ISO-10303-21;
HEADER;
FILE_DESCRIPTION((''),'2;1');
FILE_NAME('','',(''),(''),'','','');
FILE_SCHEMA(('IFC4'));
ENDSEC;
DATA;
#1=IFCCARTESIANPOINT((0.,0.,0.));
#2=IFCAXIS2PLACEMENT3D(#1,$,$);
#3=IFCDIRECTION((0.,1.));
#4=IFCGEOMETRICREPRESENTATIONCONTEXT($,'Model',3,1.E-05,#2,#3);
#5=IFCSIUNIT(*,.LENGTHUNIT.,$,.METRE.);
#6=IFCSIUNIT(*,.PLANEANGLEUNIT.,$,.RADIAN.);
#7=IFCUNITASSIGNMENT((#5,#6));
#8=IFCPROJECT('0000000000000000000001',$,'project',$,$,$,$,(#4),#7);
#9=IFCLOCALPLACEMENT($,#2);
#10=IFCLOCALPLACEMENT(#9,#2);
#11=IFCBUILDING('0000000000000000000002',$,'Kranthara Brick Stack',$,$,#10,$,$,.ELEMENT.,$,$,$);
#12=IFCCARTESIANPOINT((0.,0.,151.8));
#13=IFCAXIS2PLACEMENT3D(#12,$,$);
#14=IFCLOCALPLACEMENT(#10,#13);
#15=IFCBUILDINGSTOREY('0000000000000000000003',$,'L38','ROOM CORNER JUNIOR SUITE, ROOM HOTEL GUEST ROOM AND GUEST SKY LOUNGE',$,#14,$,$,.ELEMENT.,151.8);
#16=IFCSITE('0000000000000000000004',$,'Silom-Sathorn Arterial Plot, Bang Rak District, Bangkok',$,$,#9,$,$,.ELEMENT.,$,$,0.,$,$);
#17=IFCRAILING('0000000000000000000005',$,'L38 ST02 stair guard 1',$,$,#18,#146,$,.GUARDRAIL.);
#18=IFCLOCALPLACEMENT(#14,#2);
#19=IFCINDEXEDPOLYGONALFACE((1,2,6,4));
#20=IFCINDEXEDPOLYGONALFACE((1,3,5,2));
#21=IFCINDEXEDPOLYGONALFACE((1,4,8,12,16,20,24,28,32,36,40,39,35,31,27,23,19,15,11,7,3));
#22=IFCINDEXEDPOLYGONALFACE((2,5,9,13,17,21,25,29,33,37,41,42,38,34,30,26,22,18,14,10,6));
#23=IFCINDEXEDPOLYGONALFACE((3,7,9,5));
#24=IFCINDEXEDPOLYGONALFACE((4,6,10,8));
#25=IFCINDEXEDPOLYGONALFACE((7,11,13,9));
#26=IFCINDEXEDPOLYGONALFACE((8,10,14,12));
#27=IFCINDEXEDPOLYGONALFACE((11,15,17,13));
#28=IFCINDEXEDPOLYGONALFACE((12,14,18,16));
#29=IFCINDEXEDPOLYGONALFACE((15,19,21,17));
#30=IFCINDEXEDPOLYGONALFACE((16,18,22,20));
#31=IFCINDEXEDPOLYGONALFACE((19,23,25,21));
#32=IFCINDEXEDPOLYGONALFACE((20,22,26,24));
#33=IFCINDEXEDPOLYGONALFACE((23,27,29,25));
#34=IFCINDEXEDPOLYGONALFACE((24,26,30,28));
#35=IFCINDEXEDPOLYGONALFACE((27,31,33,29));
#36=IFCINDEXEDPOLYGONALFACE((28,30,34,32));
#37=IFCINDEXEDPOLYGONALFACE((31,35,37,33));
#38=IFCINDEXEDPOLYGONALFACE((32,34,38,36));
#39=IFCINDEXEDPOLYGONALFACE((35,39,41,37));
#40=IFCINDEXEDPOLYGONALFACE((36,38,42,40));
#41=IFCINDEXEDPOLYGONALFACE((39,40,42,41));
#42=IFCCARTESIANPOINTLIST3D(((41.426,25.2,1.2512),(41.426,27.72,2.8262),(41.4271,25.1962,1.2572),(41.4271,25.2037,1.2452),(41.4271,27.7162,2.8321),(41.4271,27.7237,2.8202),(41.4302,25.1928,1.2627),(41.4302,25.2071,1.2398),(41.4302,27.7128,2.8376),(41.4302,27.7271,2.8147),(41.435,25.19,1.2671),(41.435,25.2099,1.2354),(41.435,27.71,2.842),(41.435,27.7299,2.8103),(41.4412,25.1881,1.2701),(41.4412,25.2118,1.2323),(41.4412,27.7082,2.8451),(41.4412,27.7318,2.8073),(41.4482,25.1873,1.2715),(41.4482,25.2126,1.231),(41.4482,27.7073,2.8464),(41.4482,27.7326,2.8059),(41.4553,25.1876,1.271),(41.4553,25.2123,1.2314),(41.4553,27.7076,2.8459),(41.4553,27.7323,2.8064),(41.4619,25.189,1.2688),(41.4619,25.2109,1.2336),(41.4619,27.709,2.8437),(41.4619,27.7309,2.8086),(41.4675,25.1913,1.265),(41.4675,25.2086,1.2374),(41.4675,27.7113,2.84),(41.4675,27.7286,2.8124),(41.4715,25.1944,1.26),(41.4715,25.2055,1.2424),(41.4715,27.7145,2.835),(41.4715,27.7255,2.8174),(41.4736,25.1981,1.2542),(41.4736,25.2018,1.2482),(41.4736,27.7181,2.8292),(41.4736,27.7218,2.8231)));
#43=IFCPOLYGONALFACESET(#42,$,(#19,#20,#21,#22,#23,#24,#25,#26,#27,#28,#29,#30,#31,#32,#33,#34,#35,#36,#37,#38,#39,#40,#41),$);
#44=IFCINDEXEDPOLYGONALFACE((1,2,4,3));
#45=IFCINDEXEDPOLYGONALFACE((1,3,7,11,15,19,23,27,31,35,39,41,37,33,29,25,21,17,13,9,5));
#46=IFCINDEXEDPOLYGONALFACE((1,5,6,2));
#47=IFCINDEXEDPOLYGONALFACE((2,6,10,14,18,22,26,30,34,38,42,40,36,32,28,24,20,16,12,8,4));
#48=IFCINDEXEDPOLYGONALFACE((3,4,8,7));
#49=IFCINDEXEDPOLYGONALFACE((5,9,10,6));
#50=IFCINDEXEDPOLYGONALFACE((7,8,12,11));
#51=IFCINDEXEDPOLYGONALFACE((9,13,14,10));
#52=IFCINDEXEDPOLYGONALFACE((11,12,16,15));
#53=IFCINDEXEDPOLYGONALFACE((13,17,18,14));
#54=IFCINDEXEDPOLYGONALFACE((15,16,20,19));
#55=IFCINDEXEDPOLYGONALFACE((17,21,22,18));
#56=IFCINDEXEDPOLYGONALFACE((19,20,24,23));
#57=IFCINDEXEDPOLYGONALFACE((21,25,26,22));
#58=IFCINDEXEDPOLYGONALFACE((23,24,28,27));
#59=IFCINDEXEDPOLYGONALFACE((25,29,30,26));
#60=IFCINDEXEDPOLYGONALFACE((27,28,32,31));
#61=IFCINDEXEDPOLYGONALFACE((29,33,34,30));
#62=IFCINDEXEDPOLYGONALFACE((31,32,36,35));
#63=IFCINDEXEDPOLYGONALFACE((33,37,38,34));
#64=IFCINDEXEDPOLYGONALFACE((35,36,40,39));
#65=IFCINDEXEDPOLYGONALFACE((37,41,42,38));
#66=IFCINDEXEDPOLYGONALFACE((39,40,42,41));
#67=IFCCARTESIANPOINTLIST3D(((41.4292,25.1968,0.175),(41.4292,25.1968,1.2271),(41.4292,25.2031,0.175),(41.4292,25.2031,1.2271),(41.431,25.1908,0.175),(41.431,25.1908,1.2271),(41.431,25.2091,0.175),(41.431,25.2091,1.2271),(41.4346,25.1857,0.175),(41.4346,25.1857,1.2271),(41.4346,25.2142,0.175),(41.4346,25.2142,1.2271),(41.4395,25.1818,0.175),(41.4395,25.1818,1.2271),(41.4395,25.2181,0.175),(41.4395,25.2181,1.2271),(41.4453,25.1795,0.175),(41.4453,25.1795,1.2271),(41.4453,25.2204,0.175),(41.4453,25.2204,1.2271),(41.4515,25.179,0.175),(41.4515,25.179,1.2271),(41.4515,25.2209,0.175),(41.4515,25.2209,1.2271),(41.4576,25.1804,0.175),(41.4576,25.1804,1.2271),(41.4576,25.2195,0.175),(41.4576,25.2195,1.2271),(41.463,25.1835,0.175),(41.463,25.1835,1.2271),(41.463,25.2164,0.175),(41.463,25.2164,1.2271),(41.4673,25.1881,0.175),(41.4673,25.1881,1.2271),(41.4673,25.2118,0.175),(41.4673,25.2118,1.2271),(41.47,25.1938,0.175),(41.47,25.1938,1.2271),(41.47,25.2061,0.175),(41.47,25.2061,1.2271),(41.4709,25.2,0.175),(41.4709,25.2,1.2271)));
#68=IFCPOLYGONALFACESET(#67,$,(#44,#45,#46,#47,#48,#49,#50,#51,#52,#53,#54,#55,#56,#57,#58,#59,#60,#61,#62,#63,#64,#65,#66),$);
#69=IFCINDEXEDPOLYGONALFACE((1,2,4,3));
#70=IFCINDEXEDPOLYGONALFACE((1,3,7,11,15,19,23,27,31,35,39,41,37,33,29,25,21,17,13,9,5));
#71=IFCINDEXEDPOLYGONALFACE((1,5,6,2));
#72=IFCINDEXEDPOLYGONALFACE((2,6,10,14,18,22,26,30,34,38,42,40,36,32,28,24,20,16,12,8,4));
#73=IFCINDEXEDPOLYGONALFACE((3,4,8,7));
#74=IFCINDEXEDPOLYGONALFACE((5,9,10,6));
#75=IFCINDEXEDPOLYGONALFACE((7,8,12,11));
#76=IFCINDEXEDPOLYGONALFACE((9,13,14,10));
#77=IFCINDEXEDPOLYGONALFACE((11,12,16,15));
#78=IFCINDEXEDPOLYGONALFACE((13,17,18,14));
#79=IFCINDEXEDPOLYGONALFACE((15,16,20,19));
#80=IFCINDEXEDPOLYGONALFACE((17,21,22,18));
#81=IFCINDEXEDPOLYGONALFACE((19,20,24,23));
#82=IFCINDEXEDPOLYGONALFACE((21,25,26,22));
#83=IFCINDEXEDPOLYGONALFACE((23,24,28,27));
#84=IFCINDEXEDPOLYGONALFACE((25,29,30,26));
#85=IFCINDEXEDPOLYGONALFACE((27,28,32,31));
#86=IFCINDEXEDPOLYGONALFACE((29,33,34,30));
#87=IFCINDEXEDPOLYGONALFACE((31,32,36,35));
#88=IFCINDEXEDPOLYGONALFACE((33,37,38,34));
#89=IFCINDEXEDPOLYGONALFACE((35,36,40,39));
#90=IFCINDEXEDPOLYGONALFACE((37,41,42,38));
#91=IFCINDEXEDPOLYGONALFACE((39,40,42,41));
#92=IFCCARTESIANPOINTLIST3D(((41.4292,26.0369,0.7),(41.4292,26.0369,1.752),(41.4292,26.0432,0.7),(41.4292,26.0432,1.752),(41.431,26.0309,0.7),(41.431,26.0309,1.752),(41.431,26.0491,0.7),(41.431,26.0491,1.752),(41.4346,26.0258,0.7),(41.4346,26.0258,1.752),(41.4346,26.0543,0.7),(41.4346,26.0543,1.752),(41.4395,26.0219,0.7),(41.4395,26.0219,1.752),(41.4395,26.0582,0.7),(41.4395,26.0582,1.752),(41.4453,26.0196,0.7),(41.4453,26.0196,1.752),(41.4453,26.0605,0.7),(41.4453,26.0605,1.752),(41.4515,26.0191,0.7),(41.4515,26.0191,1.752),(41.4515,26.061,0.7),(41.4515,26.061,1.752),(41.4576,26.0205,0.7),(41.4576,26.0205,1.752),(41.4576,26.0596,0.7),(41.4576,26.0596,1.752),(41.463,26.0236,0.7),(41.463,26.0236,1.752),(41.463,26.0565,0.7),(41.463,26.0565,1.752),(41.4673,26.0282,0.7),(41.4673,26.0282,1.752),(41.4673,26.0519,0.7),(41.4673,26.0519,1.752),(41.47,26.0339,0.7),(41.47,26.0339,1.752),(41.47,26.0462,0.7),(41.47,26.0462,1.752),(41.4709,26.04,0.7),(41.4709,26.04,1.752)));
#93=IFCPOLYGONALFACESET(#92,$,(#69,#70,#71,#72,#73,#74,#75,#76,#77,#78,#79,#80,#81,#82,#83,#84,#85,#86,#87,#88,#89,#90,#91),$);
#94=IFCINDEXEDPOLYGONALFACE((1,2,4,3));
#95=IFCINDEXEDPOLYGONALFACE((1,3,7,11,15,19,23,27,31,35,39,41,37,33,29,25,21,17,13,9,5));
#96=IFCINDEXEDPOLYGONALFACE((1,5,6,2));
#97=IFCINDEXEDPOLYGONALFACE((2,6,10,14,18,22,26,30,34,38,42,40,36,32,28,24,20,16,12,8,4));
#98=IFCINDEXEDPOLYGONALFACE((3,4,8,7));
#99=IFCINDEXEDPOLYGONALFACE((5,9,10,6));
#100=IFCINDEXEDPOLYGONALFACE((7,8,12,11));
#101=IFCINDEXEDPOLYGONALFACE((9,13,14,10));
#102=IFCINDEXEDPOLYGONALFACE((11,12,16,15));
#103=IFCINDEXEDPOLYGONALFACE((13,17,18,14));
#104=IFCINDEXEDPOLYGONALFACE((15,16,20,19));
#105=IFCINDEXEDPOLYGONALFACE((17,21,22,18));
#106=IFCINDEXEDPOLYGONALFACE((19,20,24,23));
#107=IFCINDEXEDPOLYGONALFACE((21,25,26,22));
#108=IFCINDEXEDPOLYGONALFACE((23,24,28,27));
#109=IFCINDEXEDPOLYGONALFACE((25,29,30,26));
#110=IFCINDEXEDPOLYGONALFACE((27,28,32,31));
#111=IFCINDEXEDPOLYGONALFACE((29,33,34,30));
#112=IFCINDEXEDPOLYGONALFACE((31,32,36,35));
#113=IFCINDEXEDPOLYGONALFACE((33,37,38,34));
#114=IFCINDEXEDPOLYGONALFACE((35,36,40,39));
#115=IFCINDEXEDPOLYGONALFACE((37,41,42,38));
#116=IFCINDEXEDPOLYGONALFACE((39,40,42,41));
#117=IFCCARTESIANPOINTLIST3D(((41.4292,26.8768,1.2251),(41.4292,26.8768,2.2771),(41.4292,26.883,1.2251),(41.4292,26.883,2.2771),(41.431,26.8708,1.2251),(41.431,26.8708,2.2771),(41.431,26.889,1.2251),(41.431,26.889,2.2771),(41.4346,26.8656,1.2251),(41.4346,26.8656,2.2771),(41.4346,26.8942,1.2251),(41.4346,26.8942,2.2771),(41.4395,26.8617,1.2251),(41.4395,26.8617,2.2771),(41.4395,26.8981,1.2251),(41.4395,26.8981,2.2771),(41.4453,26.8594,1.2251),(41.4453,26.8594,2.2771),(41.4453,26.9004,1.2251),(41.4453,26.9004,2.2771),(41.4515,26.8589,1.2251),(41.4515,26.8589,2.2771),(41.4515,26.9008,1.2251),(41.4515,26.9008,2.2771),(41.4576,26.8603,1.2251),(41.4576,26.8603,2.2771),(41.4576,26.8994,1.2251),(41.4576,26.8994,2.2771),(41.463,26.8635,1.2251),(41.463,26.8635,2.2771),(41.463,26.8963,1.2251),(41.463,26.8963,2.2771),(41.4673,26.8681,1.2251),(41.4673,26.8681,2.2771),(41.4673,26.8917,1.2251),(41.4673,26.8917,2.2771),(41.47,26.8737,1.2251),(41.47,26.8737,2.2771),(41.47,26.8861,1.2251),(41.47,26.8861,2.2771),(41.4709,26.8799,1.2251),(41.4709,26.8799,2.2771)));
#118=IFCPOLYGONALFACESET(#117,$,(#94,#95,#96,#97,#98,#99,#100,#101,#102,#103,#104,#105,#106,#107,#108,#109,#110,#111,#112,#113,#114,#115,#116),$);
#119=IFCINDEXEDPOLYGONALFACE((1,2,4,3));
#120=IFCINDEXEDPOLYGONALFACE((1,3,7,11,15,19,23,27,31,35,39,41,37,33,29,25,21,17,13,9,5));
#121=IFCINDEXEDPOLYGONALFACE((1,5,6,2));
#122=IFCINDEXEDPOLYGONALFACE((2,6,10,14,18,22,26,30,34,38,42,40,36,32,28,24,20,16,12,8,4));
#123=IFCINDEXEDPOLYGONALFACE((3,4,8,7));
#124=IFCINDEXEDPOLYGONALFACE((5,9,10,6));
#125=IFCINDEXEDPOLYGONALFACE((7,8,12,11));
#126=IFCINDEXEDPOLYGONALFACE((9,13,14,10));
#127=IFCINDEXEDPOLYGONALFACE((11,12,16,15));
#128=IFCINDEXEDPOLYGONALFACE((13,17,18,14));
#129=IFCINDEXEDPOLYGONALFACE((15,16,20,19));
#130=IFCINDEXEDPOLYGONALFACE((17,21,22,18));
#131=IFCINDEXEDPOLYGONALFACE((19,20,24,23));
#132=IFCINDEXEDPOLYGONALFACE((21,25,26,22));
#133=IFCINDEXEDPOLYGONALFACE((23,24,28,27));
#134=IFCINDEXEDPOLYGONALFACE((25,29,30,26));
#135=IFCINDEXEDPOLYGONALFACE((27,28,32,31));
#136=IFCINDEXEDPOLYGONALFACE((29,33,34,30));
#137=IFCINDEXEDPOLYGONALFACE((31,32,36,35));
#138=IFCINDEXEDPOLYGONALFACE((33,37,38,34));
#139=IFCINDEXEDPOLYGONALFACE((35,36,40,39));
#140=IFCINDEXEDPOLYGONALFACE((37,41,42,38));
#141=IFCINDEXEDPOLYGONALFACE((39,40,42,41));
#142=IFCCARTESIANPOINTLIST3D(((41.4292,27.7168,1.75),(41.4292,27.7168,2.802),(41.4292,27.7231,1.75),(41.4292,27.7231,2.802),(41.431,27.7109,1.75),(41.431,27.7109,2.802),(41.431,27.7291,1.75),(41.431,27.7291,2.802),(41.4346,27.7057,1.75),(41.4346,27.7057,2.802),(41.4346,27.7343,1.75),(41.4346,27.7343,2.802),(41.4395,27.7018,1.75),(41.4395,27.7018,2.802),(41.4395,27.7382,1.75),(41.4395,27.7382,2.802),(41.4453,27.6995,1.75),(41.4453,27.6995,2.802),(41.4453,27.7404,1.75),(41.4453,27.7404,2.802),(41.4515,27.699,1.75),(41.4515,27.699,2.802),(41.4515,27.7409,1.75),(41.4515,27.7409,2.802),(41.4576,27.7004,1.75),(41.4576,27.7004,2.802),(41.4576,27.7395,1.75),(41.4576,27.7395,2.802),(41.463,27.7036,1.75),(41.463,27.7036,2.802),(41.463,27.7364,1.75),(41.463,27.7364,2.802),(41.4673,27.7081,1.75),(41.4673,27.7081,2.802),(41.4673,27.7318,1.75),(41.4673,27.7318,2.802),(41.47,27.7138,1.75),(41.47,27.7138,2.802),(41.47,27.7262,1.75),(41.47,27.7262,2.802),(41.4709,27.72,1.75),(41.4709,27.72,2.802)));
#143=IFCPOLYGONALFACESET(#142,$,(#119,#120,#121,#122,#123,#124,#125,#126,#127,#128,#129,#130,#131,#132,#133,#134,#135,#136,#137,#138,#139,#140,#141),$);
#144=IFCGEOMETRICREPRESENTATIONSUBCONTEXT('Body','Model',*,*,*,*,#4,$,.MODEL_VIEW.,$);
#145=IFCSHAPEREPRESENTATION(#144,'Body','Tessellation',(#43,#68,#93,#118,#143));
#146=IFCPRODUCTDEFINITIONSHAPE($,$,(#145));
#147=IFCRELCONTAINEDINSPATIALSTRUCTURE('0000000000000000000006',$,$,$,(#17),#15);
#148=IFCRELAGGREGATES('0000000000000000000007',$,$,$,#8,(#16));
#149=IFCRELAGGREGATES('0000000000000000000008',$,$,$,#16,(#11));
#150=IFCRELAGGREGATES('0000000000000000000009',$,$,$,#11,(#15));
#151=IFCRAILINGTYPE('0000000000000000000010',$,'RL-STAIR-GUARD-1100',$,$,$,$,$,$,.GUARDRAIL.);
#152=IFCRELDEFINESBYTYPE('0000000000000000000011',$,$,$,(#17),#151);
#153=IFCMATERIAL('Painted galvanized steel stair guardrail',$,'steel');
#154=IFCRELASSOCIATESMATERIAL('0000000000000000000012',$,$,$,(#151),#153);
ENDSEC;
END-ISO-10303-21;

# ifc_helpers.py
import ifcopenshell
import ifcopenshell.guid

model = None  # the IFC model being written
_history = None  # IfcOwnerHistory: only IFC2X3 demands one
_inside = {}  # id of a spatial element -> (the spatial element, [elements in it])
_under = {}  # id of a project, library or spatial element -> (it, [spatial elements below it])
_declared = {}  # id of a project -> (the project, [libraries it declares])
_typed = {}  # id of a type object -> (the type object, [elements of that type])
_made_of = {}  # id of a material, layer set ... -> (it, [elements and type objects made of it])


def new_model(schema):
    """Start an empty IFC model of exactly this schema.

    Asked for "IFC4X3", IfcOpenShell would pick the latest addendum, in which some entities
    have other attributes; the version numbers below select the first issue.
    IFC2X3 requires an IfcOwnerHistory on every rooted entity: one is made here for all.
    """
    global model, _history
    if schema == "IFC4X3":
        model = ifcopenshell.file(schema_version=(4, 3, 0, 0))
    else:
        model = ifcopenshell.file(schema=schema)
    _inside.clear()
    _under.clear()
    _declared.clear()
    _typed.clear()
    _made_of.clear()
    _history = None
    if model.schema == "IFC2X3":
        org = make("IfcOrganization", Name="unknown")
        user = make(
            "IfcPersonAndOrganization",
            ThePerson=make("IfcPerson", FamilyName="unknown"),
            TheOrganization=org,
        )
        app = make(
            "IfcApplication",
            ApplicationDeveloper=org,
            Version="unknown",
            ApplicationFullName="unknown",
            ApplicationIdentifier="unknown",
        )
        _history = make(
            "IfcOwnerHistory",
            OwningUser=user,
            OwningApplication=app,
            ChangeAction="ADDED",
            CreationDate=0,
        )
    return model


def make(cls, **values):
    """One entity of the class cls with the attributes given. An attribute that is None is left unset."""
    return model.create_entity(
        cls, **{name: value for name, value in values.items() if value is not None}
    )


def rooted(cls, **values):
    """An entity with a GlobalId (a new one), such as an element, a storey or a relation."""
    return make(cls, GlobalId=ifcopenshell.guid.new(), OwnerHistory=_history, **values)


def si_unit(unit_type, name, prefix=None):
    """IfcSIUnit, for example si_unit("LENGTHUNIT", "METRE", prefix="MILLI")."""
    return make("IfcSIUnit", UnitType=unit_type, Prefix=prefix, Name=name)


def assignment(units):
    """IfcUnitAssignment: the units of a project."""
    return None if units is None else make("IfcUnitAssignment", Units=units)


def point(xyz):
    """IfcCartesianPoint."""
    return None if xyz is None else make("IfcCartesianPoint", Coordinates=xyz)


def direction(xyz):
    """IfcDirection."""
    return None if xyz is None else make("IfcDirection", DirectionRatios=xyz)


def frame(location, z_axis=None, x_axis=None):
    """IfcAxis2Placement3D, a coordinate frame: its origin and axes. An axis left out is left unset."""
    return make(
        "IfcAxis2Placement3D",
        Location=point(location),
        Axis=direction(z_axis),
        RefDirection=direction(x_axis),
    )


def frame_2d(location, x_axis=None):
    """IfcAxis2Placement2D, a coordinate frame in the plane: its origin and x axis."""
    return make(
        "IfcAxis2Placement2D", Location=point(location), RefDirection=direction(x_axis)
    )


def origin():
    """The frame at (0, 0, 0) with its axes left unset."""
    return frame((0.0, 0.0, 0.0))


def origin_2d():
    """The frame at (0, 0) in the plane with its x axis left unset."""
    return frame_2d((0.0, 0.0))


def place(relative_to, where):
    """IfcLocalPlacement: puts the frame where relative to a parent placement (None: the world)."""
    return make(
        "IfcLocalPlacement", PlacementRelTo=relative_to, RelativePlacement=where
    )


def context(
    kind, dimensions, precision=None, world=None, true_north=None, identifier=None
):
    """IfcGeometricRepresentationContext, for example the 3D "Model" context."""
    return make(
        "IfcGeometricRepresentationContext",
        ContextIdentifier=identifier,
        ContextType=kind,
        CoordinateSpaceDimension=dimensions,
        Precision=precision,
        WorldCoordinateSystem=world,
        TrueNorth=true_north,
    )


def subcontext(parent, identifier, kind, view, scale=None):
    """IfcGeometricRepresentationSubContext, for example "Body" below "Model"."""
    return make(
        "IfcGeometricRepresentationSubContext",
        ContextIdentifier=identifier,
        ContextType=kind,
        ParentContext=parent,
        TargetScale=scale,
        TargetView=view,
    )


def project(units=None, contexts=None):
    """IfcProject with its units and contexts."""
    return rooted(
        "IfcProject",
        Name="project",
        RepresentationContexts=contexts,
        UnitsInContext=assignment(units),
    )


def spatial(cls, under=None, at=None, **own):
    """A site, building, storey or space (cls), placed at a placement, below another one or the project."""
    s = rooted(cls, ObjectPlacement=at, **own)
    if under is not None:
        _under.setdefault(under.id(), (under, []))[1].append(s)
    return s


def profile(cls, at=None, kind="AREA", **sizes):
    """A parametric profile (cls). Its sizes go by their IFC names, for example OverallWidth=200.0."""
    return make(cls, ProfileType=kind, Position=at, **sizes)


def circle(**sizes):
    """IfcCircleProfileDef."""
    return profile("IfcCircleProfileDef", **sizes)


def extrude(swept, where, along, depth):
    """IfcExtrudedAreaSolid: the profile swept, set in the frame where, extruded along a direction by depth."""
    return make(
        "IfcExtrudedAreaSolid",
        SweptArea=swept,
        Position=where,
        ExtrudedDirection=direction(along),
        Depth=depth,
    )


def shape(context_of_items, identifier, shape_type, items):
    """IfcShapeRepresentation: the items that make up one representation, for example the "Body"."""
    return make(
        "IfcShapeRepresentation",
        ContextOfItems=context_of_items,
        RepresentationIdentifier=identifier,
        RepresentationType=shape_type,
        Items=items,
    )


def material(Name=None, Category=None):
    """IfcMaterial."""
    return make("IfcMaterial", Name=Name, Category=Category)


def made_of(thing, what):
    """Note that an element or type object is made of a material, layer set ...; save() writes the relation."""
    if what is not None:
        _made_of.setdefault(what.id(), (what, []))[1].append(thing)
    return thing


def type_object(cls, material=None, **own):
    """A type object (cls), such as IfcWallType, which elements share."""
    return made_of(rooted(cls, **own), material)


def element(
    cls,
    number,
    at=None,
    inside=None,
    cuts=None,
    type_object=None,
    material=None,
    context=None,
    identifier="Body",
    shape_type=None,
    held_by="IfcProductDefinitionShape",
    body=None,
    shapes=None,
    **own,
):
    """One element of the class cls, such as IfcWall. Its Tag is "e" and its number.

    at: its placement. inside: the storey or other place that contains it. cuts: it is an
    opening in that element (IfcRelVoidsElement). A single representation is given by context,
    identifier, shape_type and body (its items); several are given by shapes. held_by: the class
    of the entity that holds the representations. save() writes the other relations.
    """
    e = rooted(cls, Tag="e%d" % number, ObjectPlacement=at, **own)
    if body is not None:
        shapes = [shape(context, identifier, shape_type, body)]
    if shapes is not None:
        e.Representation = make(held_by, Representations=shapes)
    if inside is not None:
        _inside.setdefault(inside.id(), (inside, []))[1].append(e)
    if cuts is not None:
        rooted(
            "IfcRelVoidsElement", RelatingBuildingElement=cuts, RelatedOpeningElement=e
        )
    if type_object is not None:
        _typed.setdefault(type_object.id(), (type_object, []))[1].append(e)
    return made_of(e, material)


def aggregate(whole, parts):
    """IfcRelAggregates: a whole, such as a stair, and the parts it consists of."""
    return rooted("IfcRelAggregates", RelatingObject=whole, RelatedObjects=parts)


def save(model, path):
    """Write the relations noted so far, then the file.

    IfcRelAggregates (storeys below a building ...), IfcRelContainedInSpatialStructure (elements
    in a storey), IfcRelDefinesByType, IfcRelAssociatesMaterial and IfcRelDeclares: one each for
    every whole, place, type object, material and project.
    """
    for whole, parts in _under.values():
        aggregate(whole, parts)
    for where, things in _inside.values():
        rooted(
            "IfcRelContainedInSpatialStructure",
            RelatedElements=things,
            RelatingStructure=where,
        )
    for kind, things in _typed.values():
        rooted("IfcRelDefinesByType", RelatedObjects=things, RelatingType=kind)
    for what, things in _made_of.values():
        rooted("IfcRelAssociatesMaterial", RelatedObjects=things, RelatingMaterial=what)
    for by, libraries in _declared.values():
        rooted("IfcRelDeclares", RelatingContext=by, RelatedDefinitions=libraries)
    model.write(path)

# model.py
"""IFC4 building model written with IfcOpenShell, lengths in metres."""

from ifc_helpers import new_model, si_unit, direction, frame, origin, origin_2d, place, context, subcontext, project, spatial, circle, extrude, material, type_object, element, save


model = new_model("IFC4")

# Units and contexts
model_context = context("Model", 3, precision=1e-05, world=origin(), true_north=direction((0.0, 1.0)))
body_context = subcontext(model_context, "Body", "Model", "MODEL_VIEW")
ifc_project = project(units=[si_unit("LENGTHUNIT", "METRE"), si_unit("PLANEANGLEUNIT", "RADIAN")], contexts=[model_context])

# Site, building, storey
site_placement = place(None, origin())
site = spatial("IfcSite", under=ifc_project, at=site_placement, Name="Silom-Sathorn Arterial Plot, Bang Rak District, Bangkok", CompositionType="ELEMENT", RefElevation=0.0)
building_placement = place(site_placement, origin())
building = spatial("IfcBuilding", under=site, at=building_placement, Name="Kranthara Brick Stack", CompositionType="ELEMENT")
storey_placement = place(building_placement, frame((0.0, 0.0, 151.8)))
storey = spatial("IfcBuildingStorey", under=building, at=storey_placement, Name="L38", Description="ROOM CORNER JUNIOR SUITE, ROOM HOTEL GUEST ROOM AND GUEST SKY LOUNGE", CompositionType="ELEMENT", Elevation=151.8)

# Railing
ifc_material_1 = material(Name="Painted galvanized steel stair guardrail", Category="steel")
railing_type_1 = type_object("IfcRailingType", Name="RL-STAIR-GUARD-1100", PredefinedType="GUARDRAIL", material=ifc_material_1)
railing_1_placement = place(storey_placement, frame((41.45, 25.2, 0.175)))
element("IfcRailing", 1, at=railing_1_placement, inside=storey, type_object=railing_type_1, Name="L38 ST02 stair guard 1", PredefinedType="GUARDRAIL", context=body_context, shape_type="SweptSolid", body=[
    extrude(circle(Radius=0.0239, at=origin_2d()), frame((0.0, 0.0, 1.0762), z_axis=(0.0, 0.848008, 0.529984), x_axis=(-1.0, 0.0, 0.0)), (0.0, 0.0, 1.0), 2.9717),
    extrude(circle(Radius=0.021, at=origin_2d()), origin(), (0.0, 0.0, 1.0), 1.052),
    extrude(circle(Radius=0.021, at=origin_2d()), frame((0.0, 0.8401, 0.5249)), (0.0, 0.0, 1.0), 1.052),
    extrude(circle(Radius=0.021, at=origin_2d()), frame((0.0, 1.6799, 1.05)), (0.0, 0.0, 1.0), 1.052),
    extrude(circle(Radius=0.021, at=origin_2d()), frame((0.0, 2.52, 1.575)), (0.0, 0.0, 1.0), 1.052),
])

save(model, "model.ifc")
